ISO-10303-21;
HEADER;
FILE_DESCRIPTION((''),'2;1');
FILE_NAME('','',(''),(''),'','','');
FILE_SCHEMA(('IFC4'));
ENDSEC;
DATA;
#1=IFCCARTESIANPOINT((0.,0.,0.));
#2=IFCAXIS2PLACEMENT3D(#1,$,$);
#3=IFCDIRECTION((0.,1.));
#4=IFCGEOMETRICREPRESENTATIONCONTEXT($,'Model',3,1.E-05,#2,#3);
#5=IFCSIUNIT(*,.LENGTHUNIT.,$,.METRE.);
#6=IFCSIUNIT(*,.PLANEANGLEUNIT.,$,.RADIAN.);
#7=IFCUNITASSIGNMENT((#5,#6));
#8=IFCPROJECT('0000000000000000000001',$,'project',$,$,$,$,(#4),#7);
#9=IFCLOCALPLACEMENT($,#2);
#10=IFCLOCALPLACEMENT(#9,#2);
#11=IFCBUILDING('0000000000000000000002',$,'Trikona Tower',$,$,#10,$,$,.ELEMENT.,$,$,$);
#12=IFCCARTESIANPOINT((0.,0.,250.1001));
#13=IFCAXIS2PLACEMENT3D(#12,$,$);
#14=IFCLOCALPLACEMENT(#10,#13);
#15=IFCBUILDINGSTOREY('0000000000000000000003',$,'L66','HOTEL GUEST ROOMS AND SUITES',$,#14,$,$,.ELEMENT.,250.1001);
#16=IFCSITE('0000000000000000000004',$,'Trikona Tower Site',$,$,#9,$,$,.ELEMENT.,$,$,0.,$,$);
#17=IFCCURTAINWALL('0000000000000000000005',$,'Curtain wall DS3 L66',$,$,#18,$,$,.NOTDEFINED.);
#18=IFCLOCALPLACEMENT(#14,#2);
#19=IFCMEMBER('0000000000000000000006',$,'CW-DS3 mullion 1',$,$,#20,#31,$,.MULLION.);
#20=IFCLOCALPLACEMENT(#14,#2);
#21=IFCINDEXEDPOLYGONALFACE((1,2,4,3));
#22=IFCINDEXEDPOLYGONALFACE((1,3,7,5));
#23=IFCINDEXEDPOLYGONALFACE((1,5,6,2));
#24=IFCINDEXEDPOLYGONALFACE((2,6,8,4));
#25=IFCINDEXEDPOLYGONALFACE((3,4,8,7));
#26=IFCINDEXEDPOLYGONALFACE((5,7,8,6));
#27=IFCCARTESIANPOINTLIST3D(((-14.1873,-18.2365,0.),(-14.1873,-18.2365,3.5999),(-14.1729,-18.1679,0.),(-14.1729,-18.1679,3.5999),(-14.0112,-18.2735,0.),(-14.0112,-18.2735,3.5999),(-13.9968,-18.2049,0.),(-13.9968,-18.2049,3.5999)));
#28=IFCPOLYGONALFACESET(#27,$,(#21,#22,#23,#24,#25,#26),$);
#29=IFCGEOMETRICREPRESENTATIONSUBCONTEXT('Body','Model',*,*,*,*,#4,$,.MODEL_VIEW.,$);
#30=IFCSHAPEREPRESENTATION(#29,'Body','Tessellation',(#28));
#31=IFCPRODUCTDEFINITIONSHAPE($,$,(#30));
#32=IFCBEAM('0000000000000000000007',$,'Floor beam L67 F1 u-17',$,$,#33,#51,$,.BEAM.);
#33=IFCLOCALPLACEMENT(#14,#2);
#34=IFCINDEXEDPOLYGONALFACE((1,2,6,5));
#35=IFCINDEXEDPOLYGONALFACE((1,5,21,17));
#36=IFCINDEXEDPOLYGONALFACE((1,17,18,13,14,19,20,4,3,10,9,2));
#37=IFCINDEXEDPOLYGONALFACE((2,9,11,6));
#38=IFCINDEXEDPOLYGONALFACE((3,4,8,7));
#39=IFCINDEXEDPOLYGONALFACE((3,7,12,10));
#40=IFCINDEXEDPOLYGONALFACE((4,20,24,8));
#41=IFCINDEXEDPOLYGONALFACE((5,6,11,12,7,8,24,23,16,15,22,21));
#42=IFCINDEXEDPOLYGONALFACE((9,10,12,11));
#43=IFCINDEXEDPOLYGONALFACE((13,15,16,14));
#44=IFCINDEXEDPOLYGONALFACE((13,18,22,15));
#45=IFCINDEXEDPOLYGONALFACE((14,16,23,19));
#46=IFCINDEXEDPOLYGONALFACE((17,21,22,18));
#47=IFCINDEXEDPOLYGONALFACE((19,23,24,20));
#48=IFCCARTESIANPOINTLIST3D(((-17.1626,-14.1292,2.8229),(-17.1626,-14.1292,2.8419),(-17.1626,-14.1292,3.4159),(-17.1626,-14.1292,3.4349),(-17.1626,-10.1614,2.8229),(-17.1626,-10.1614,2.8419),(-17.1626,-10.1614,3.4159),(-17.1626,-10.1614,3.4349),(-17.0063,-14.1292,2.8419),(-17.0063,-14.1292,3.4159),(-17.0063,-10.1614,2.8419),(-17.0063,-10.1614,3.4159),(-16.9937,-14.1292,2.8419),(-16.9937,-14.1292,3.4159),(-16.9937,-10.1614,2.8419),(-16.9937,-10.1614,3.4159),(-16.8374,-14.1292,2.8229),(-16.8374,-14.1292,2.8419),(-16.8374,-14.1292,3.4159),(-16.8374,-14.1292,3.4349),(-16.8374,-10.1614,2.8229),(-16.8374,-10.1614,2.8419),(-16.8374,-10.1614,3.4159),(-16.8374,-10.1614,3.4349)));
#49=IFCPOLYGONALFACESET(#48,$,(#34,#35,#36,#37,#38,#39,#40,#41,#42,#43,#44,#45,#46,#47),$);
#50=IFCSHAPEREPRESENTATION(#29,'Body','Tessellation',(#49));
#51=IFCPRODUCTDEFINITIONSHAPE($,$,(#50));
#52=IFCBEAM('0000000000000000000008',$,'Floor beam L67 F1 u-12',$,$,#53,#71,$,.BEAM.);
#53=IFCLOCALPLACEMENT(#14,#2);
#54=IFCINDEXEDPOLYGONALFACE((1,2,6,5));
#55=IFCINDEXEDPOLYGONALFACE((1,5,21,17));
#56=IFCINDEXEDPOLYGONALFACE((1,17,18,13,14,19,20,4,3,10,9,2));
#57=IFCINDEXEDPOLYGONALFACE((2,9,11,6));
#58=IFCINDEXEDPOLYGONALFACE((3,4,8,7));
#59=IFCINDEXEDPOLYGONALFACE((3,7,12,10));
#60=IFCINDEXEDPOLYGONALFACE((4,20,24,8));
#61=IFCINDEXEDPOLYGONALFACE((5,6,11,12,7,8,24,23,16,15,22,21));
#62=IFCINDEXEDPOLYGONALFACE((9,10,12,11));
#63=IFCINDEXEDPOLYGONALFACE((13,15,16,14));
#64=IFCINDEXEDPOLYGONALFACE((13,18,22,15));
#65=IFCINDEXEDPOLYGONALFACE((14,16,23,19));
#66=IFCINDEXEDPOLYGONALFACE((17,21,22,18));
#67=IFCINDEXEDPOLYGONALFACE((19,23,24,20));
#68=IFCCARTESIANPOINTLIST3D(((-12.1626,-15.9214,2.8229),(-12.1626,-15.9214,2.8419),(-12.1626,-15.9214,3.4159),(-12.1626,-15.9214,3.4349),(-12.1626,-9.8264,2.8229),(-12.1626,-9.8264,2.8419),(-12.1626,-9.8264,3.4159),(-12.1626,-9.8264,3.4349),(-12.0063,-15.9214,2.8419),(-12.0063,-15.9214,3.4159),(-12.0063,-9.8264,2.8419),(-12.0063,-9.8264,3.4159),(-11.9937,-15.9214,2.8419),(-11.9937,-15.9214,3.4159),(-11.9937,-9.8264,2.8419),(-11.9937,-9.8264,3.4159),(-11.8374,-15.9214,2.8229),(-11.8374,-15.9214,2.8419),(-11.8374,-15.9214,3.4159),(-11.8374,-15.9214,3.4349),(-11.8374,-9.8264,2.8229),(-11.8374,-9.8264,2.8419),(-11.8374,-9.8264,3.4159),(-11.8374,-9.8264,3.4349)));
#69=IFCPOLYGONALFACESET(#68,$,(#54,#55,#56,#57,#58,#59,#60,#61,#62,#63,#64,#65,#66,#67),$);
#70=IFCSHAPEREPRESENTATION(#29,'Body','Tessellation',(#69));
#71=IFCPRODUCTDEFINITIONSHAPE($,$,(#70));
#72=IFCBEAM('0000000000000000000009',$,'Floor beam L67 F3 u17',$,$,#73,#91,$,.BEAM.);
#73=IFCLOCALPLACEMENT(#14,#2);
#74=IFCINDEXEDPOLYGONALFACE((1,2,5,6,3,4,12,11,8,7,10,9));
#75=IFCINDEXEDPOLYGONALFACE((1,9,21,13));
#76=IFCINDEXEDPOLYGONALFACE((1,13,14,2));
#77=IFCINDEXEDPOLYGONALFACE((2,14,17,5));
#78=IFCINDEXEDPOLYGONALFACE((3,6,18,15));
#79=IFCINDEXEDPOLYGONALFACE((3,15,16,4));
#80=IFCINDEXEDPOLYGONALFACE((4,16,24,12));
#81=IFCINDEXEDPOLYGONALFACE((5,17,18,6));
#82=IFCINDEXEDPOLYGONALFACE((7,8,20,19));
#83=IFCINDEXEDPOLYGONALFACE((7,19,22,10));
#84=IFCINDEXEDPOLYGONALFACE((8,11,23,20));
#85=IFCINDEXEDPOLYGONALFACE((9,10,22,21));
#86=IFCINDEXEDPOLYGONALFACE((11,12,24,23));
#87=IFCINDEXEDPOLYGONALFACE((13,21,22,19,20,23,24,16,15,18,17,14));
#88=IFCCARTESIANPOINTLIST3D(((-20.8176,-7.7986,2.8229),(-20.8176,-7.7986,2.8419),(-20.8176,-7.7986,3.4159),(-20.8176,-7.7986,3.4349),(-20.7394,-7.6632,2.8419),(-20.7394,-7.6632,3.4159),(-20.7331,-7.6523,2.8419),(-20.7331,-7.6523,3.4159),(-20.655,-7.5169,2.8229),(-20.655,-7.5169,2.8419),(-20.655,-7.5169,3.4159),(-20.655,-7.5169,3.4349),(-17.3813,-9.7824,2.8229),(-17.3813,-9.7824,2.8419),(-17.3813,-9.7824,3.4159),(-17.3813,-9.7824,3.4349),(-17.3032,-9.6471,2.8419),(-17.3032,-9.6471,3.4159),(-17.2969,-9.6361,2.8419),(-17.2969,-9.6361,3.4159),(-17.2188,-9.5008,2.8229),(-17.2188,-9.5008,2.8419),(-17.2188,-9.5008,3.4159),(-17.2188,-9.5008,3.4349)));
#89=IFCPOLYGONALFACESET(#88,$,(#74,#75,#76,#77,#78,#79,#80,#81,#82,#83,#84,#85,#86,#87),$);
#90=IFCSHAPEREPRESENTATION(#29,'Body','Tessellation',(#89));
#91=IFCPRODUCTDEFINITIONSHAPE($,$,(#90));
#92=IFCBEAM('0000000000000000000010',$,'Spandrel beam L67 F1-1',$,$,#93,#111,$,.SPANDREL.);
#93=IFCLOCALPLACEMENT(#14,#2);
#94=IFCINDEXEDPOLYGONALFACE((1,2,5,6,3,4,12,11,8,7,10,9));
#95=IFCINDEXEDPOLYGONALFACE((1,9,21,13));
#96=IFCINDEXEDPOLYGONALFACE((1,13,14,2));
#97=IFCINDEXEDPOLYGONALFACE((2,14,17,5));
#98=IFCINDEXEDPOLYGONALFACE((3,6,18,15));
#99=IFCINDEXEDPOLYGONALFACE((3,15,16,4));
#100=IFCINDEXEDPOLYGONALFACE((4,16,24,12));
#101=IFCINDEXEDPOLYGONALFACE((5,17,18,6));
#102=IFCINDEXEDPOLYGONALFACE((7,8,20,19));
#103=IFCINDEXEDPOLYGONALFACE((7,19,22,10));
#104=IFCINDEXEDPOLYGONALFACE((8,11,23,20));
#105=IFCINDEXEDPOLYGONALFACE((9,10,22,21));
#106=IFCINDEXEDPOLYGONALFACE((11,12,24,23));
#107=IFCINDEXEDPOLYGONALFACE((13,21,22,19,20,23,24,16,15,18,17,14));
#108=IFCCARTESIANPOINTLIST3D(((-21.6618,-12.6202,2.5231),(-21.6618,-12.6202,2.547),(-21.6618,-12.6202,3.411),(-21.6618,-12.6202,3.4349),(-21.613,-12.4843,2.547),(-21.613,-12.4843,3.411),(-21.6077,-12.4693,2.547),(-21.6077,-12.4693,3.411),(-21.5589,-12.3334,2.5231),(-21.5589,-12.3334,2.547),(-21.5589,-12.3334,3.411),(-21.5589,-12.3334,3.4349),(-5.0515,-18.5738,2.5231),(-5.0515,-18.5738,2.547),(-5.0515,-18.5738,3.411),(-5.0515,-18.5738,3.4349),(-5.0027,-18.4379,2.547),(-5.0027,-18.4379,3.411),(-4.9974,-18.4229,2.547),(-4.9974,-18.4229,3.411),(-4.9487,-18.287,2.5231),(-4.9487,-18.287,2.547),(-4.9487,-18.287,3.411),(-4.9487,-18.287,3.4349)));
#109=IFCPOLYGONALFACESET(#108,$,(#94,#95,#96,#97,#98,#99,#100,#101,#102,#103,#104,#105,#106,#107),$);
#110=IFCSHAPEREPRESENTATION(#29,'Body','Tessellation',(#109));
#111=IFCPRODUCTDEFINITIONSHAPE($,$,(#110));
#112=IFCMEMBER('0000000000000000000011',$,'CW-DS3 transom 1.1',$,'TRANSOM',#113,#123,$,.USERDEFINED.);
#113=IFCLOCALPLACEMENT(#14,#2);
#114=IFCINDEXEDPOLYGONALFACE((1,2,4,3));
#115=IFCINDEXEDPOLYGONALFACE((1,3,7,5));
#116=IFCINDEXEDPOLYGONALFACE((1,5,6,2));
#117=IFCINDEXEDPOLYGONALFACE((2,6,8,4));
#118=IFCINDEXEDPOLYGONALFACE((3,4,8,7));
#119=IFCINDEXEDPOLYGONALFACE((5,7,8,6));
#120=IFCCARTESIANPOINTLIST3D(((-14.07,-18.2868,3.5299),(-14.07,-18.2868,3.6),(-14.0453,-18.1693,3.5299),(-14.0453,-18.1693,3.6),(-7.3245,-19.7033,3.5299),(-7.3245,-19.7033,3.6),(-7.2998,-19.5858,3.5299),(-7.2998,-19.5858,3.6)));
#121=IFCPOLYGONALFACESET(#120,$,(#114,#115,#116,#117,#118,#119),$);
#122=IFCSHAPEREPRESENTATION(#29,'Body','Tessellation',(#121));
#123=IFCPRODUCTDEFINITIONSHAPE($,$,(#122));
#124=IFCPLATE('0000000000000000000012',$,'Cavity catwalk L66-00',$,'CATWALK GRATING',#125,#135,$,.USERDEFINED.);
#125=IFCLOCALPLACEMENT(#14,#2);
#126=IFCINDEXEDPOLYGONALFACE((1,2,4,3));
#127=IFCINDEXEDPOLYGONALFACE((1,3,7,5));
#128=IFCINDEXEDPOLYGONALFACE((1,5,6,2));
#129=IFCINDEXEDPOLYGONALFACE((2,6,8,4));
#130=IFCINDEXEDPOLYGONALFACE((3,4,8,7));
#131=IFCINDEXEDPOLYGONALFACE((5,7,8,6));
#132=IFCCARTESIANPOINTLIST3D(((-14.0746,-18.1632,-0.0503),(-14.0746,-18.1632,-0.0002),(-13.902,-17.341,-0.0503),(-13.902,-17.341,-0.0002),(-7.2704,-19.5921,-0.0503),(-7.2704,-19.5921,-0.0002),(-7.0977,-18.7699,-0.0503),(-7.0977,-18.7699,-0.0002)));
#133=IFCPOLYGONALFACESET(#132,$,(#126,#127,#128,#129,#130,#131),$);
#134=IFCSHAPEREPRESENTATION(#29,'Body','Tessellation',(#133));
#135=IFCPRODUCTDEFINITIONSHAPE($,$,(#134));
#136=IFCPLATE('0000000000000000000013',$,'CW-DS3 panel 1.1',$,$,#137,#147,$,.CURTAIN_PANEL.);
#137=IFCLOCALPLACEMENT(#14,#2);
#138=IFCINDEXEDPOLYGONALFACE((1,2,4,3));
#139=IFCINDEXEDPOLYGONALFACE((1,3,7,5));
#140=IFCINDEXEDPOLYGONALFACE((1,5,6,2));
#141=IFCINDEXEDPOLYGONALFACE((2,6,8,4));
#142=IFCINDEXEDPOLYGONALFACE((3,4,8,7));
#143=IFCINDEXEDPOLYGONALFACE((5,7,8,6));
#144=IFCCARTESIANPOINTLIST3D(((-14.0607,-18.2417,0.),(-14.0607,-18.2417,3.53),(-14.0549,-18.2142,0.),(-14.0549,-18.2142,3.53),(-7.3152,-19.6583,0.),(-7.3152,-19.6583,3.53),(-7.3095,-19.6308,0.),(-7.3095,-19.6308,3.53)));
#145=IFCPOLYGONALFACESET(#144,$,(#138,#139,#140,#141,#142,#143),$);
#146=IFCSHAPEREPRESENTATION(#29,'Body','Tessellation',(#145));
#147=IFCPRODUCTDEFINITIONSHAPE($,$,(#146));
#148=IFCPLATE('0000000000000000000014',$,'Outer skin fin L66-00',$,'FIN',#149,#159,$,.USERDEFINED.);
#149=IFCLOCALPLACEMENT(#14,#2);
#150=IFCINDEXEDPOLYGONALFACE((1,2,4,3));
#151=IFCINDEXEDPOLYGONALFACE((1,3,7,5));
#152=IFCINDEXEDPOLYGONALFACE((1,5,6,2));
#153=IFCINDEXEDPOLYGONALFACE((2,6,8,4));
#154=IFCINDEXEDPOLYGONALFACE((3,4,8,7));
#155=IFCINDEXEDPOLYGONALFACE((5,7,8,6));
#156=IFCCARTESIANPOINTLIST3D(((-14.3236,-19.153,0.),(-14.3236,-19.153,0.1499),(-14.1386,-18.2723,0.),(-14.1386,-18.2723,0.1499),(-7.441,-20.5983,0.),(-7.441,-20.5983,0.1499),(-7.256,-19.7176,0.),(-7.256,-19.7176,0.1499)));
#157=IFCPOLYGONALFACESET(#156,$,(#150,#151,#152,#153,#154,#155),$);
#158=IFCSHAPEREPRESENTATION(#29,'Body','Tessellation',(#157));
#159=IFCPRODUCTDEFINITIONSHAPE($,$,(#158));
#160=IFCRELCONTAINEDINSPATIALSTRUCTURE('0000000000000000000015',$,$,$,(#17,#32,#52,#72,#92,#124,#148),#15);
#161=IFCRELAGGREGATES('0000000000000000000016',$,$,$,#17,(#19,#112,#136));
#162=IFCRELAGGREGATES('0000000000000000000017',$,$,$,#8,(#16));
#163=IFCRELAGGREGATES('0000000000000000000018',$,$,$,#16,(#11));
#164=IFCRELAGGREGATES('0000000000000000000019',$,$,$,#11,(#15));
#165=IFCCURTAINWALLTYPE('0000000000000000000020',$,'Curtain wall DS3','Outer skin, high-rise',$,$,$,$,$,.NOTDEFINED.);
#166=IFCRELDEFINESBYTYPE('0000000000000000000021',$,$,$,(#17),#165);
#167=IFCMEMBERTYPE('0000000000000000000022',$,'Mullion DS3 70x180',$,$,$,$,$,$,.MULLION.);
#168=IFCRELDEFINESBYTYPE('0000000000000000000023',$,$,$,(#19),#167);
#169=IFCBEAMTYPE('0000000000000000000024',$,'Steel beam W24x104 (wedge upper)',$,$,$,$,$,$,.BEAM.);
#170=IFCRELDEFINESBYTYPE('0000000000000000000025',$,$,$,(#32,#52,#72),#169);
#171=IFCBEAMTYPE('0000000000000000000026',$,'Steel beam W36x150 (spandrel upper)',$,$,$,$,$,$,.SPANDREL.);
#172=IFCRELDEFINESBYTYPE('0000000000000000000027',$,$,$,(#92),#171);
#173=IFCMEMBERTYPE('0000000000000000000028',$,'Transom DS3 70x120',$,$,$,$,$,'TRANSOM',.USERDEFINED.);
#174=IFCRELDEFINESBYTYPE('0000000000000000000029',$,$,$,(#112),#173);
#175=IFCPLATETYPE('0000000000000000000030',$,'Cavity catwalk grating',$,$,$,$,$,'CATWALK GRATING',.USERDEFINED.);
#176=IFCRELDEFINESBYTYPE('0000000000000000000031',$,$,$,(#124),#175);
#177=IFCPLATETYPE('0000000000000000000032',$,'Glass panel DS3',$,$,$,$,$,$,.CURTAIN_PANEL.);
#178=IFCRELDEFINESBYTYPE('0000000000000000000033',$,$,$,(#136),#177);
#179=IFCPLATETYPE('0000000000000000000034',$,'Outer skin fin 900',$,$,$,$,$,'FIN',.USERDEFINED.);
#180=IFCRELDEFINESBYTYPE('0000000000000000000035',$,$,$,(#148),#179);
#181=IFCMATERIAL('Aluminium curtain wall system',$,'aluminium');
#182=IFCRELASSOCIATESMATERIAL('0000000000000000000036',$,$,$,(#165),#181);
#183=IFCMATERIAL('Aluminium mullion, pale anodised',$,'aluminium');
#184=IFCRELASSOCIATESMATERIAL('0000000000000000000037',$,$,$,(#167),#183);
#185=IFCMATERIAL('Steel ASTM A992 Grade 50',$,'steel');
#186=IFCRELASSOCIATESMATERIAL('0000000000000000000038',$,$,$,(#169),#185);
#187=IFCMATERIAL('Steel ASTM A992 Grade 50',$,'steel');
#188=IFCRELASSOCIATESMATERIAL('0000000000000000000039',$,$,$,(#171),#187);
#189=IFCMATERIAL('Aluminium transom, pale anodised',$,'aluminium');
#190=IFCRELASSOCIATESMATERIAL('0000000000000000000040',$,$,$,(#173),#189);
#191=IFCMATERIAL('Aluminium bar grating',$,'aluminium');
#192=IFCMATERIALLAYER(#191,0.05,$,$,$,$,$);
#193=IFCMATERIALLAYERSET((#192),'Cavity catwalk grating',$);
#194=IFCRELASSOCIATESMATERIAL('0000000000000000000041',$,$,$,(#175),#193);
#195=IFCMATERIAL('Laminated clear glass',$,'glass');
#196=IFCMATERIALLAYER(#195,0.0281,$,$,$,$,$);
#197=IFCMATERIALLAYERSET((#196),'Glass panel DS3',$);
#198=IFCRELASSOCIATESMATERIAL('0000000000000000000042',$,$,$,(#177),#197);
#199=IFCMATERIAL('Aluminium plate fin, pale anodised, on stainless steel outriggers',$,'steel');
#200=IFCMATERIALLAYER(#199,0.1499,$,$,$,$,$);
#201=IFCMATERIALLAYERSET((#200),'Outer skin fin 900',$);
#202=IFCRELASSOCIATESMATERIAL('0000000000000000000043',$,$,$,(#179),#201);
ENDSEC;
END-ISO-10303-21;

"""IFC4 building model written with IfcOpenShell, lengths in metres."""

from ifc_helpers import new_model, si_unit, direction, frame, origin, origin_2d, place, context, subcontext, project, spatial, rectangle, i_section, extrude, material, layer, layer_set, material_profile, profile_set, type_object, element, aggregate, save


model = new_model("IFC4")

# Units and contexts
model_context = context("Model", 3, precision=1e-05, world=origin(), true_north=direction((0.0, 1.0)))
body_context = subcontext(model_context, "Body", "Model", "MODEL_VIEW")
ifc_project = project(units=[si_unit("LENGTHUNIT", "METRE"), si_unit("PLANEANGLEUNIT", "RADIAN")], contexts=[model_context])

# Site, building, storey
site_placement = place(None, origin())
site = spatial("IfcSite", under=ifc_project, at=site_placement, Name="Trikona Tower Site", CompositionType="ELEMENT", RefElevation=0.0)
building_placement = place(site_placement, origin())
building = spatial("IfcBuilding", under=site, at=building_placement, Name="Trikona Tower", CompositionType="ELEMENT")
storey_placement = place(building_placement, frame((0.0, 0.0, 250.1001)))
storey = spatial("IfcBuildingStorey", under=building, at=storey_placement, Name="L66", Description="HOTEL GUEST ROOMS AND SUITES", CompositionType="ELEMENT", Elevation=250.1001)

# Curtain wall, member
ifc_material_1 = material(Name="Aluminium curtain wall system", Category="aluminium")
curtain_wall_type = type_object("IfcCurtainWallType", Name="Curtain wall DS3", Description="Outer skin, high-rise", PredefinedType="NOTDEFINED", material=ifc_material_1)
curtain_wall_placement = place(storey_placement, origin())
curtain_wall = element("IfcCurtainWall", 1, at=curtain_wall_placement, inside=storey, type_object=curtain_wall_type, Name="Curtain wall DS3 L66", PredefinedType="NOTDEFINED")
ifc_material_2 = material(Name="Aluminium mullion, pale anodised", Category="aluminium")
ifc_material_profile_1 = material_profile(ifc_material_2, rectangle(XDim=0.0701, YDim=0.1799, at=origin_2d()), Name="MUL-DS3")
ifc_profile_set_1 = profile_set([ifc_material_profile_1], Name="Aluminium mullion, pale anodised")
member_type_1 = type_object("IfcMemberType", Name="Mullion DS3 70x180", PredefinedType="MULLION", material=ifc_profile_set_1)
member_1_placement = place(storey_placement, frame((-14.092, -18.2207, 0.0), z_axis=(0.0, 0.0, 1.0), x_axis=(0.205527, 0.978651, 0.0)))
member_1 = element("IfcMember", 2, at=member_1_placement, type_object=member_type_1, Name="CW-DS3 mullion 1", PredefinedType="MULLION", context=body_context, shape_type="SweptSolid", body=[
    extrude(rectangle(XDim=0.0701, YDim=0.1799, at=origin_2d()), origin(), (0.0, 0.0, 1.0), 3.5999),
])

# Beams
ifc_material_3 = material(Name="Steel ASTM A992 Grade 50", Category="steel")
ifc_material_profile_2 = material_profile(ifc_material_3, i_section(OverallWidth=0.3252, OverallDepth=0.6121, WebThickness=0.0127, FlangeThickness=0.019, at=origin_2d()), Name="W24X104")
ifc_profile_set_2 = profile_set([ifc_material_profile_2], Name="Steel ASTM A992 Grade 50")
beam_type_1 = type_object("IfcBeamType", Name="Steel beam W24x104 (wedge upper)", PredefinedType="BEAM", material=ifc_profile_set_2)
beam_1_placement = place(storey_placement, frame((-17.0, -10.1614, 3.1289), z_axis=(0.0, -1.0, 0.0), x_axis=(1.0, 0.0, 0.0)))
element("IfcBeam", 3, at=beam_1_placement, inside=storey, type_object=beam_type_1, Name="Floor beam L67 F1 u-17", PredefinedType="BEAM", context=body_context, shape_type="SweptSolid", body=[
    extrude(i_section(OverallWidth=0.3252, OverallDepth=0.6121, WebThickness=0.0127, FlangeThickness=0.019, at=origin_2d()), origin(), (0.0, 0.0, 1.0), 3.9678),
])
beam_2_placement = place(storey_placement, frame((-12.0, -9.8264, 3.1289), z_axis=(0.0, -1.0, 0.0), x_axis=(1.0, 0.0, 0.0)))
element("IfcBeam", 4, at=beam_2_placement, inside=storey, type_object=beam_type_1, Name="Floor beam L67 F1 u-12", PredefinedType="BEAM", context=body_context, shape_type="SweptSolid", body=[
    extrude(i_section(OverallWidth=0.3252, OverallDepth=0.6121, WebThickness=0.0127, FlangeThickness=0.019, at=origin_2d()), origin(), (0.0, 0.0, 1.0), 6.095),
])
beam_3_placement = place(storey_placement, frame((-17.3, -9.6416, 3.1289), z_axis=(-0.866031, 0.499991, 0.0), x_axis=(-0.499991, -0.866031, 0.0)))
element("IfcBeam", 5, at=beam_3_placement, inside=storey, type_object=beam_type_1, Name="Floor beam L67 F3 u17", PredefinedType="BEAM", context=body_context, shape_type="SweptSolid", body=[
    extrude(i_section(OverallWidth=0.3252, OverallDepth=0.6121, WebThickness=0.0127, FlangeThickness=0.019, at=origin_2d()), origin(), (0.0, 0.0, 1.0), 3.9678),
])
ifc_material_4 = material(Name="Steel ASTM A992 Grade 50", Category="steel")
ifc_material_profile_3 = material_profile(ifc_material_4, i_section(OverallWidth=0.3047, OverallDepth=0.9119, WebThickness=0.0159, FlangeThickness=0.0239, at=origin_2d()), Name="W36X150")
ifc_profile_set_3 = profile_set([ifc_material_profile_3], Name="Steel ASTM A992 Grade 50")
beam_type_2 = type_object("IfcBeamType", Name="Steel beam W36x150 (spandrel upper)", PredefinedType="SPANDREL", material=ifc_profile_set_3)
beam_4_placement = place(storey_placement, frame((-21.6104, -12.4768, 2.979), z_axis=(0.941358, -0.337409, 0.0), x_axis=(0.337409, 0.941358, 0.0)))
element("IfcBeam", 6, at=beam_4_placement, inside=storey, type_object=beam_type_2, Name="Spandrel beam L67 F1-1", PredefinedType="SPANDREL", context=body_context, shape_type="SweptSolid", body=[
    extrude(i_section(OverallWidth=0.3047, OverallDepth=0.9119, WebThickness=0.0159, FlangeThickness=0.0239, at=origin_2d()), origin(), (0.0, 0.0, 1.0), 17.645),
])

# Member
ifc_material_5 = material(Name="Aluminium transom, pale anodised", Category="aluminium")
ifc_material_profile_4 = material_profile(ifc_material_5, rectangle(XDim=0.1201, YDim=0.0701, at=origin_2d()), Name="TRN-DS3")
ifc_profile_set_4 = profile_set([ifc_material_profile_4], Name="Aluminium transom, pale anodised")
member_type_2 = type_object("IfcMemberType", Name="Transom DS3 70x120", ElementType="TRANSOM", PredefinedType="USERDEFINED", material=ifc_profile_set_4)
member_2_placement = place(storey_placement, frame((-14.0576, -18.228, 3.5649), z_axis=(0.978654, -0.205514, 0.0), x_axis=(0.205514, 0.978654, 0.0)))
member_2 = element("IfcMember", 7, at=member_2_placement, type_object=member_type_2, Name="CW-DS3 transom 1.1", ObjectType="TRANSOM", PredefinedType="USERDEFINED", context=body_context, shape_type="SweptSolid", body=[
    extrude(rectangle(XDim=0.1201, YDim=0.0701, at=origin_2d()), origin(), (0.0, 0.0, 1.0), 6.8926),
])

# Plates
ifc_material_6 = material(Name="Aluminium bar grating", Category="aluminium")
ifc_layer_1 = layer(ifc_material_6, 0.05)
ifc_layer_set_1 = layer_set([ifc_layer_1], Name="Cavity catwalk grating")
plate_type_1 = type_object("IfcPlateType", Name="Cavity catwalk grating", ElementType="CATWALK GRATING", PredefinedType="USERDEFINED", material=ifc_layer_set_1)
plate_1_placement = place(storey_placement, frame((-10.5862, -18.4666, -0.0503), z_axis=(0.0, 0.0, 1.0), x_axis=(0.978653, -0.205518, 0.0)))
element("IfcPlate", 8, at=plate_1_placement, inside=storey, type_object=plate_type_1, Name="Cavity catwalk L66-00", ObjectType="CATWALK GRATING", PredefinedType="USERDEFINED", context=body_context, shape_type="SweptSolid", body=[
    extrude(rectangle(XDim=6.9526, YDim=0.8401, at=origin_2d()), origin(), (0.0, 0.0, 1.0), 0.05),
])
ifc_material_7 = material(Name="Laminated clear glass", Category="glass")
ifc_layer_2 = layer(ifc_material_7, 0.0281)
ifc_layer_set_2 = layer_set([ifc_layer_2], Name="Glass panel DS3")
plate_type_2 = type_object("IfcPlateType", Name="Glass panel DS3", PredefinedType="CURTAIN_PANEL", material=ifc_layer_set_2)
plate_2_placement = place(storey_placement, frame((-10.6851, -18.9363, 0.0), z_axis=(0.0, 0.0, 1.0), x_axis=(0.978651, -0.205527, 0.0)))
plate_2 = element("IfcPlate", 9, at=plate_2_placement, type_object=plate_type_2, Name="CW-DS3 panel 1.1", PredefinedType="CURTAIN_PANEL", context=body_context, shape_type="SweptSolid", body=[
    extrude(rectangle(XDim=6.8926, YDim=0.0281, at=origin_2d()), origin(), (0.0, 0.0, 1.0), 3.53),
])
aggregate(curtain_wall, [member_1, member_2, plate_2])
ifc_material_8 = material(Name="Aluminium plate fin, pale anodised, on stainless steel outriggers", Category="steel")
ifc_layer_3 = layer(ifc_material_8, 0.1499)
ifc_layer_set_3 = layer_set([ifc_layer_3], Name="Outer skin fin 900")
plate_type_3 = type_object("IfcPlateType", Name="Outer skin fin 900", ElementType="FIN", PredefinedType="USERDEFINED", material=ifc_layer_set_3)
plate_3_placement = place(storey_placement, frame((-10.7898, -19.4353, 0.0), z_axis=(0.0, 0.0, 1.0), x_axis=(0.978653, -0.205518, 0.0)))
element("IfcPlate", 10, at=plate_3_placement, inside=storey, type_object=plate_type_3, Name="Outer skin fin L66-00", ObjectType="FIN", PredefinedType="USERDEFINED", context=body_context, shape_type="SweptSolid", body=[
    extrude(rectangle(XDim=7.0327, YDim=0.8999, at=origin_2d()), origin(), (0.0, 0.0, 1.0), 0.1499),
])

save(model, "model.ifc")
